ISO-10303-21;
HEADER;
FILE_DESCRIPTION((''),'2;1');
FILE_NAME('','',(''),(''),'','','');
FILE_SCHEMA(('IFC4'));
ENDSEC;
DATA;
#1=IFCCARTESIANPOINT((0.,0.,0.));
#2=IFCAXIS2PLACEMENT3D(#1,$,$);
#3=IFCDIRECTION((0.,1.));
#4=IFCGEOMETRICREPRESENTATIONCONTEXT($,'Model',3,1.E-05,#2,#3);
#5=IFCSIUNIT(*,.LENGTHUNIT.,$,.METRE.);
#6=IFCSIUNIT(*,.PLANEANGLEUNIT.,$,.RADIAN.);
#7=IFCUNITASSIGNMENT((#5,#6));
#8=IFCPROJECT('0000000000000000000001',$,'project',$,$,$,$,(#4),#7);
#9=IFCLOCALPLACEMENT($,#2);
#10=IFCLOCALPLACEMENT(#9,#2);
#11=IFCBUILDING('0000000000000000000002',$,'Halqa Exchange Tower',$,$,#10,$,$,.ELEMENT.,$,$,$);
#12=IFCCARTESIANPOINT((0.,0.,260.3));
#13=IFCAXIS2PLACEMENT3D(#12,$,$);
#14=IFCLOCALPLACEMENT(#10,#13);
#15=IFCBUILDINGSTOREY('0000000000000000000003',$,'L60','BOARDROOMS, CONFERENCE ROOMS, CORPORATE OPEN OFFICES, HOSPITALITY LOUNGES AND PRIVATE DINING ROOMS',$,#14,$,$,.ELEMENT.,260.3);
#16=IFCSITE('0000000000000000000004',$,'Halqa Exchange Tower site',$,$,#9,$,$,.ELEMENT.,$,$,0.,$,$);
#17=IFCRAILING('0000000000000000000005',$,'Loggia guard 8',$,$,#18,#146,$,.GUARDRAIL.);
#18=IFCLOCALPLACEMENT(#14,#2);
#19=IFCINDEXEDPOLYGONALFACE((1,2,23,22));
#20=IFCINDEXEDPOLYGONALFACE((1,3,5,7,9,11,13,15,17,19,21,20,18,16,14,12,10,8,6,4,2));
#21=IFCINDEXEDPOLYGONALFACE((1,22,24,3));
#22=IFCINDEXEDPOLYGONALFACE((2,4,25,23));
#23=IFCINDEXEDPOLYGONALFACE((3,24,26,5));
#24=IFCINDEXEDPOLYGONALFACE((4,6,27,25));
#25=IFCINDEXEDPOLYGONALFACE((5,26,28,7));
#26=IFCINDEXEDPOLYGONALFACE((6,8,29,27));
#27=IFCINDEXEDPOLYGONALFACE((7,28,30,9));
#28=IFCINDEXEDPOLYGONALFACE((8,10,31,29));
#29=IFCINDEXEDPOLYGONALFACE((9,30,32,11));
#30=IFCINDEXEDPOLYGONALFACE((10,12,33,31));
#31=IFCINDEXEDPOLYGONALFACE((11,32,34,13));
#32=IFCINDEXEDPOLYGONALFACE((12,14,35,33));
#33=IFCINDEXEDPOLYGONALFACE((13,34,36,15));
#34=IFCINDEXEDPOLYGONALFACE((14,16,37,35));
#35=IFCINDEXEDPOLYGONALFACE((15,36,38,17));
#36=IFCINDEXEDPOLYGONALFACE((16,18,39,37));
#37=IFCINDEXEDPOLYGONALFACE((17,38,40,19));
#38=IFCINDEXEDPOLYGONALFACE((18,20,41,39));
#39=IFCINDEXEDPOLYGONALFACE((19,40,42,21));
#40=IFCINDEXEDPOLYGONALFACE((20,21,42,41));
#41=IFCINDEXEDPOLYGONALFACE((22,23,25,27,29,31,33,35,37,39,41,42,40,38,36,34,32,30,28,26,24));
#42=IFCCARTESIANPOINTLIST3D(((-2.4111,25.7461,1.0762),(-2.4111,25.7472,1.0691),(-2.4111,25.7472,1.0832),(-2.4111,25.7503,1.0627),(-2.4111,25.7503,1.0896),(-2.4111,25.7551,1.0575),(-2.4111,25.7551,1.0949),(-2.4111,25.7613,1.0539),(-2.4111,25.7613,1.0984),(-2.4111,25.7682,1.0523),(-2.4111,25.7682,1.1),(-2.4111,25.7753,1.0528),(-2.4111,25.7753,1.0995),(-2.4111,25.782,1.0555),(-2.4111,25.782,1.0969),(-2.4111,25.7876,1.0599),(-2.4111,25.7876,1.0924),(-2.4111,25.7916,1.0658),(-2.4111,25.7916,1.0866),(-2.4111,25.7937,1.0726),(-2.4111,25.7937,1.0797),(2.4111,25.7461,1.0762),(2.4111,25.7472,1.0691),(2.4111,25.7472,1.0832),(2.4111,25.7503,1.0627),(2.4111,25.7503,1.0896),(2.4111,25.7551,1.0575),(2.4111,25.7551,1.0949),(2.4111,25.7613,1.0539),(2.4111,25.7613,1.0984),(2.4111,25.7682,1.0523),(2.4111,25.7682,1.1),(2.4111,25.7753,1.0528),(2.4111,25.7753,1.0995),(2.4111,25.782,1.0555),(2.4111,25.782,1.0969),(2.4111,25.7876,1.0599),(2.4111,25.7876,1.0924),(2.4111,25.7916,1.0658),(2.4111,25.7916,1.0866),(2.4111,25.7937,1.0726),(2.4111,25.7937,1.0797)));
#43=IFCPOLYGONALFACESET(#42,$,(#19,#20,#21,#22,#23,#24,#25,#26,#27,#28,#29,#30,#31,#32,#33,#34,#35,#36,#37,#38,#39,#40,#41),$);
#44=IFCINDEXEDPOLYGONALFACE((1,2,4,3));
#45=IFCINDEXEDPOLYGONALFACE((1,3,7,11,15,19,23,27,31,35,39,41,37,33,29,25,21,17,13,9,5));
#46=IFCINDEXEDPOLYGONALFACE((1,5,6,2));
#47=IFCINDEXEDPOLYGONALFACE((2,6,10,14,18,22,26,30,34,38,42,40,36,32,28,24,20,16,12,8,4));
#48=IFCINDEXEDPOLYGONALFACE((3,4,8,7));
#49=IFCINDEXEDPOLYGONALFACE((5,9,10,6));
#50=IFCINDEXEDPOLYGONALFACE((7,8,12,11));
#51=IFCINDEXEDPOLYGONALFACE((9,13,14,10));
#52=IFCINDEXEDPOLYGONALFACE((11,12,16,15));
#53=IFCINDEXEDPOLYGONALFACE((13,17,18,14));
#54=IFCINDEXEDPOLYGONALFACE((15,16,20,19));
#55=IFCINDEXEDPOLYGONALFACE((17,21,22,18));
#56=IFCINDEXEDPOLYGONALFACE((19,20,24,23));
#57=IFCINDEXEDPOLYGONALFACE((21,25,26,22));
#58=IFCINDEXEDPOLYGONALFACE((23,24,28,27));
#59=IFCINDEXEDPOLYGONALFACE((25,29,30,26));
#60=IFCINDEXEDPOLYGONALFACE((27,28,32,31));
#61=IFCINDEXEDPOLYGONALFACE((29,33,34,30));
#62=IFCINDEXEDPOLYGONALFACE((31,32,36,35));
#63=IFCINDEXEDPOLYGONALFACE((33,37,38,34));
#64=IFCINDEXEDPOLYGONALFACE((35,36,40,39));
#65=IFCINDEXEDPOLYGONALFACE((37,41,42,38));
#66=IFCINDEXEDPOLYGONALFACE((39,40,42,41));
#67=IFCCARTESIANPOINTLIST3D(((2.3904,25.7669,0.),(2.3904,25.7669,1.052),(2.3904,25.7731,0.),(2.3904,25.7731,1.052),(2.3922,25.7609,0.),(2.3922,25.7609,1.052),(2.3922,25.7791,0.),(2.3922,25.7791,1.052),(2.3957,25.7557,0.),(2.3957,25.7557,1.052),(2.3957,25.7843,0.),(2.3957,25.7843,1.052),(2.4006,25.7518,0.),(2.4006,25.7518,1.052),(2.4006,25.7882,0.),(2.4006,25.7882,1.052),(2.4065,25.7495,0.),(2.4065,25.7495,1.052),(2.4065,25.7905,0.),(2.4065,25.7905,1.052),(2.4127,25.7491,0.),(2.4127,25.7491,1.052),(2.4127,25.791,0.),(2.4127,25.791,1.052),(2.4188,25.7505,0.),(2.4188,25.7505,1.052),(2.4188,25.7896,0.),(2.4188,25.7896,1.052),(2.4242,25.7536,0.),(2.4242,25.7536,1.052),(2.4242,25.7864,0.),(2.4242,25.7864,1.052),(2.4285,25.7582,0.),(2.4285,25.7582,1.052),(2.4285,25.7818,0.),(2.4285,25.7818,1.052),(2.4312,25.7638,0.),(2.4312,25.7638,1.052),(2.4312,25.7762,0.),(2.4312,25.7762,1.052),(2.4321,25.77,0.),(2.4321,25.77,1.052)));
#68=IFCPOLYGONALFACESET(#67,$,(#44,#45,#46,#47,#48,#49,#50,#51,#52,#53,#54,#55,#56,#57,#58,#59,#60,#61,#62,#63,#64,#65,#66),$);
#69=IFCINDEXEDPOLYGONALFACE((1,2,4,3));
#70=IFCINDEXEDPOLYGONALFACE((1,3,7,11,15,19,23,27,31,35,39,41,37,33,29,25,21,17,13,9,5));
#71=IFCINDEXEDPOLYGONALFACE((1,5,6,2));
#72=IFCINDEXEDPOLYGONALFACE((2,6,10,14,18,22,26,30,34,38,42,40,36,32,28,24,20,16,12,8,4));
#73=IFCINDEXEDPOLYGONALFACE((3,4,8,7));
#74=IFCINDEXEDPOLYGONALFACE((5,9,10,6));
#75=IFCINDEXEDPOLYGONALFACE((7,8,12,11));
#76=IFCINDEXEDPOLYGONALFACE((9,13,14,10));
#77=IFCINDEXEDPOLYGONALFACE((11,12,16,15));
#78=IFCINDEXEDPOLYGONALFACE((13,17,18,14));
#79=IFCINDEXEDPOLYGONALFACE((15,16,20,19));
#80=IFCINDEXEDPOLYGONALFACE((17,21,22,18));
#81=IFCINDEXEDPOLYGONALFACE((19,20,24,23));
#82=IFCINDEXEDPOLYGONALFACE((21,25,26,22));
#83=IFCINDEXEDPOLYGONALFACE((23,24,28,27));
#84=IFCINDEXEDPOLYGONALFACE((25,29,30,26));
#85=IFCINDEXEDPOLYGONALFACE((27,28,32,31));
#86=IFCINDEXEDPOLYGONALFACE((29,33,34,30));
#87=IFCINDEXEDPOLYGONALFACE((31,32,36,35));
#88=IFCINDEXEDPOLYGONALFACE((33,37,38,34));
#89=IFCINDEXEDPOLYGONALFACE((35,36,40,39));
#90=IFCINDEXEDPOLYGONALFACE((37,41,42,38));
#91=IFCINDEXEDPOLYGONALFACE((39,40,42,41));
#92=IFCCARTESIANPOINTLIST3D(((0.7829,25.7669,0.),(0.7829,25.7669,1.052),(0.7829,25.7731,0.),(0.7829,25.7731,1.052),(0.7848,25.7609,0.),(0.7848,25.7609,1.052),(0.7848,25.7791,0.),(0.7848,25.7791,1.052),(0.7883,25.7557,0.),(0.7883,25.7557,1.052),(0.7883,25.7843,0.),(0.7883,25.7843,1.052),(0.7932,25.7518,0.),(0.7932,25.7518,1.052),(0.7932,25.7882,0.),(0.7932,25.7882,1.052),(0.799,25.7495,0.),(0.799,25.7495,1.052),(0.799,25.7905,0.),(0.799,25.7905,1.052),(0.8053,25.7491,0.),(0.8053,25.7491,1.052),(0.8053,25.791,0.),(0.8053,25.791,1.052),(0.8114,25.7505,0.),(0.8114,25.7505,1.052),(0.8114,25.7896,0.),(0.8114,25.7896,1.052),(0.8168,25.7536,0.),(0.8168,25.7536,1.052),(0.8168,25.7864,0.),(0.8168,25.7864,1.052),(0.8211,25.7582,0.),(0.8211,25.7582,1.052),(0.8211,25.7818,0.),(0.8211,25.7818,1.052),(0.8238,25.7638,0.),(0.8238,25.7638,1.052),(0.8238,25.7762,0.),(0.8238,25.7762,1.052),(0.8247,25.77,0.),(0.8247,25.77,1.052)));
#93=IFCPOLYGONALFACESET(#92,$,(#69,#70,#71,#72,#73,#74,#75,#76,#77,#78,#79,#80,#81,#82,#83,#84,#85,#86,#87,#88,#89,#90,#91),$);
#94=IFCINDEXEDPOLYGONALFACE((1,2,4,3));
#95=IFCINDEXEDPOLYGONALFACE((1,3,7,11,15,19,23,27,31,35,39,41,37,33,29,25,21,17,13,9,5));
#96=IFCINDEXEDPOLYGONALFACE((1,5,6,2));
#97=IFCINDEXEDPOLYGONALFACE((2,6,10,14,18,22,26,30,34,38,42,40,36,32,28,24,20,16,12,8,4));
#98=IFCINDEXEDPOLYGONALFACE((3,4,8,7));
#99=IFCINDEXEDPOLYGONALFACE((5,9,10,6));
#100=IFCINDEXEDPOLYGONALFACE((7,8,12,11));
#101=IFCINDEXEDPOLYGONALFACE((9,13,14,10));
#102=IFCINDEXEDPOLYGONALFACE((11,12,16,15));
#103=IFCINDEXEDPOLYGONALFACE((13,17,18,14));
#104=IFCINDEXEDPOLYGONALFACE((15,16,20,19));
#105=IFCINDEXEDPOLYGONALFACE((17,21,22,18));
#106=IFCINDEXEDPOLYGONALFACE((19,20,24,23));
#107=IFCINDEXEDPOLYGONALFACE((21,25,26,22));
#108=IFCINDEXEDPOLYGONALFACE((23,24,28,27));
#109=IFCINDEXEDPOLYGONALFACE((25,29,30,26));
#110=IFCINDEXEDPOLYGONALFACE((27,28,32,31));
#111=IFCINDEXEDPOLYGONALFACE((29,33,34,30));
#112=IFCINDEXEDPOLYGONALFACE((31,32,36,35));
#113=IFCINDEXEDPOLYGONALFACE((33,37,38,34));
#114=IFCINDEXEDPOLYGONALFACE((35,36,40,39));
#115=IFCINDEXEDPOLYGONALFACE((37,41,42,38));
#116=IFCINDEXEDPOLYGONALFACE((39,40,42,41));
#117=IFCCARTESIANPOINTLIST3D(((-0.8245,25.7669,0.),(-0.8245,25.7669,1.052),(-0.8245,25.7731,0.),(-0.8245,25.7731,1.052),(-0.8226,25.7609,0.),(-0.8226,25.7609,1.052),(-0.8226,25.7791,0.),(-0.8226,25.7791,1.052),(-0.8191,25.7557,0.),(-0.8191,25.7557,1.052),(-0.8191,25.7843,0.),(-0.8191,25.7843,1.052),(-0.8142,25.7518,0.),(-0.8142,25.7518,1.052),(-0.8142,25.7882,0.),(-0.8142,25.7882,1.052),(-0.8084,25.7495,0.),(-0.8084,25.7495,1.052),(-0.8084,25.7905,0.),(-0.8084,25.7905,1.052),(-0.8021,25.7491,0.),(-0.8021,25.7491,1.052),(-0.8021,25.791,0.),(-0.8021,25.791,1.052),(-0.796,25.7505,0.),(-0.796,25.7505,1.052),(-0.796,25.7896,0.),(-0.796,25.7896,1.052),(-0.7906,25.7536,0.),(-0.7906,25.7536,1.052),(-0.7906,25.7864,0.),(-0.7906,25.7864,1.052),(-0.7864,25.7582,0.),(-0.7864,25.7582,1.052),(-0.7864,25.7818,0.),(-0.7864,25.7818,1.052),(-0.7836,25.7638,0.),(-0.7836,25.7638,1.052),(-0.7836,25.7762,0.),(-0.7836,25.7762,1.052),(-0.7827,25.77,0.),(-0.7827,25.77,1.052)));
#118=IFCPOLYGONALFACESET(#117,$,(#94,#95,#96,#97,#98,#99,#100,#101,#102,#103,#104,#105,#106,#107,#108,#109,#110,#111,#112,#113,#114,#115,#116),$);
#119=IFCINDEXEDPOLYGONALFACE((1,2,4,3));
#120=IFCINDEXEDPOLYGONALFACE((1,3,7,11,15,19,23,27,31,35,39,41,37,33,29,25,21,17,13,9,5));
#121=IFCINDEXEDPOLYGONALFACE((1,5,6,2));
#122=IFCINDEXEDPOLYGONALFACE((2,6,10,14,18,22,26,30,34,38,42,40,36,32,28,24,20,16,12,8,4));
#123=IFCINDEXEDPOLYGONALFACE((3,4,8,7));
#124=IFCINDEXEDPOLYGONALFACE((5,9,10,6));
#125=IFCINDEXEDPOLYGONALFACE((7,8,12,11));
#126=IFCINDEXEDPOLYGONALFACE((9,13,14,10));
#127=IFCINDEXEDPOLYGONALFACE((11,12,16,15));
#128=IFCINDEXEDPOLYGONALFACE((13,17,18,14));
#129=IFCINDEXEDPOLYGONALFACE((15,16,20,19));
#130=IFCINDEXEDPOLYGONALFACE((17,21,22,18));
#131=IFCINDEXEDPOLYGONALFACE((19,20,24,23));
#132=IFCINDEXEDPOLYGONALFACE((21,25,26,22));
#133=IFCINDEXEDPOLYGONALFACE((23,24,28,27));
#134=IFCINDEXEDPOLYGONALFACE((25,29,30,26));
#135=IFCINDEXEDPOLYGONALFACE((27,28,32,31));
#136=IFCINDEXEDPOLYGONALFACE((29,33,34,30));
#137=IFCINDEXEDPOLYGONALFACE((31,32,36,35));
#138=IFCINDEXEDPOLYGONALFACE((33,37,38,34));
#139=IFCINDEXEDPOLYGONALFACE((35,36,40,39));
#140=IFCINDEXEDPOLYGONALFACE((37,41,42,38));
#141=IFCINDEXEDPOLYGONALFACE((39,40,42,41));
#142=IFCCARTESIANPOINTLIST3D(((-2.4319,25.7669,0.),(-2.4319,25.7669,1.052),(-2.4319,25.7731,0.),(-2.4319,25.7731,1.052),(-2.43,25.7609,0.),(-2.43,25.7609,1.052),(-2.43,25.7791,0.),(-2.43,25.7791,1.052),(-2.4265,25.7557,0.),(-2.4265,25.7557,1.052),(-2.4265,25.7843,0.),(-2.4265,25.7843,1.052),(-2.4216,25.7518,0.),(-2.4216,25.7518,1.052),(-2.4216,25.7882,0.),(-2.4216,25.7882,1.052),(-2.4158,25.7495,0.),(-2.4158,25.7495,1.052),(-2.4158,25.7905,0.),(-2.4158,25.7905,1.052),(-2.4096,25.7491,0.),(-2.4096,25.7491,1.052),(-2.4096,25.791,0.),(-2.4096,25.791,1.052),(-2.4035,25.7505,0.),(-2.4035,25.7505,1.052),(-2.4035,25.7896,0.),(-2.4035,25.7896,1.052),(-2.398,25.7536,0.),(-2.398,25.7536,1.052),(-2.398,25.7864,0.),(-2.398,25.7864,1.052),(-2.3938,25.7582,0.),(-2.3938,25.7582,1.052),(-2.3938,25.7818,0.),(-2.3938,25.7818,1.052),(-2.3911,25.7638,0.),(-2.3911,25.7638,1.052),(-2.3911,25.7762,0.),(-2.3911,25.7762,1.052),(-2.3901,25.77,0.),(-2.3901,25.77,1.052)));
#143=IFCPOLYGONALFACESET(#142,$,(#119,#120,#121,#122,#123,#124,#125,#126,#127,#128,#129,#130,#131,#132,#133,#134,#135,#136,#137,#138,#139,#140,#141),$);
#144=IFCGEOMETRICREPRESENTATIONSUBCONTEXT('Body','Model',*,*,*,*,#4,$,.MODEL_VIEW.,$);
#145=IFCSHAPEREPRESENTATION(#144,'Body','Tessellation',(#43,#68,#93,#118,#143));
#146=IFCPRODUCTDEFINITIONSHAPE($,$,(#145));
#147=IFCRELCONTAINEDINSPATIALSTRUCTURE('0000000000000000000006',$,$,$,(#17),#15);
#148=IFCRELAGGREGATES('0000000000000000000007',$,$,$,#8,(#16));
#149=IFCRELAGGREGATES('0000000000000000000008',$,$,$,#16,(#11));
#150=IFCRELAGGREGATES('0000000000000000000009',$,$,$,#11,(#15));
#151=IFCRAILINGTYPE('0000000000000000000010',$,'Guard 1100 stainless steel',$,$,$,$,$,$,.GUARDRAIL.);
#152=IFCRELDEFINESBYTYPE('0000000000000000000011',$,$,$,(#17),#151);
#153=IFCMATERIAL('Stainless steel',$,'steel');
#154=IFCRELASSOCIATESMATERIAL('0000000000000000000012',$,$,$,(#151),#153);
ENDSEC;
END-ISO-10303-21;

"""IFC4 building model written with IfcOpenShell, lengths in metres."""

from ifc_helpers import new_model, si_unit, direction, frame, origin, origin_2d, place, context, subcontext, project, spatial, circle, extrude, material, type_object, element, save


model = new_model("IFC4")

# Units and contexts
model_context = context("Model", 3, precision=1e-05, world=origin(), true_north=direction((0.0, 1.0)))
body_context = subcontext(model_context, "Body", "Model", "MODEL_VIEW")
ifc_project = project(units=[si_unit("LENGTHUNIT", "METRE"), si_unit("PLANEANGLEUNIT", "RADIAN")], contexts=[model_context])

# Site, building, storey
site_placement = place(None, origin())
site = spatial("IfcSite", under=ifc_project, at=site_placement, Name="Halqa Exchange Tower site", CompositionType="ELEMENT", RefElevation=0.0)
building_placement = place(site_placement, origin())
building = spatial("IfcBuilding", under=site, at=building_placement, Name="Halqa Exchange Tower", CompositionType="ELEMENT")
storey_placement = place(building_placement, frame((0.0, 0.0, 260.3)))
storey = spatial("IfcBuildingStorey", under=building, at=storey_placement, Name="L60", Description="BOARDROOMS, CONFERENCE ROOMS, CORPORATE OPEN OFFICES, HOSPITALITY LOUNGES AND PRIVATE DINING ROOMS", CompositionType="ELEMENT", Elevation=260.3)

# Railing
ifc_material_1 = material(Name="Stainless steel", Category="steel")
railing_type_1 = type_object("IfcRailingType", Name="Guard 1100 stainless steel", PredefinedType="GUARDRAIL", material=ifc_material_1)
railing_1_placement = place(storey_placement, frame((2.4111, 25.77, 0.0)))
element("IfcRailing", 1, at=railing_1_placement, inside=storey, type_object=railing_type_1, Name="Loggia guard 8", PredefinedType="GUARDRAIL", context=body_context, shape_type="SweptSolid", body=[
    extrude(circle(Radius=0.0239, at=origin_2d()), frame((0.0, 0.0, 1.0762), z_axis=(-1.0, 0.0, 0.0), x_axis=(0.0, -1.0, 0.0)), (0.0, 0.0, 1.0), 4.8223),
    extrude(circle(Radius=0.021, at=origin_2d()), origin(), (0.0, 0.0, 1.0), 1.052),
    extrude(circle(Radius=0.021, at=origin_2d()), frame((-1.6074, 0.0, 0.0)), (0.0, 0.0, 1.0), 1.052),
    extrude(circle(Radius=0.021, at=origin_2d()), frame((-3.2148, 0.0, 0.0)), (0.0, 0.0, 1.0), 1.052),
    extrude(circle(Radius=0.021, at=origin_2d()), frame((-4.8223, 0.0, 0.0)), (0.0, 0.0, 1.0), 1.052),
])

save(model, "model.ifc")
